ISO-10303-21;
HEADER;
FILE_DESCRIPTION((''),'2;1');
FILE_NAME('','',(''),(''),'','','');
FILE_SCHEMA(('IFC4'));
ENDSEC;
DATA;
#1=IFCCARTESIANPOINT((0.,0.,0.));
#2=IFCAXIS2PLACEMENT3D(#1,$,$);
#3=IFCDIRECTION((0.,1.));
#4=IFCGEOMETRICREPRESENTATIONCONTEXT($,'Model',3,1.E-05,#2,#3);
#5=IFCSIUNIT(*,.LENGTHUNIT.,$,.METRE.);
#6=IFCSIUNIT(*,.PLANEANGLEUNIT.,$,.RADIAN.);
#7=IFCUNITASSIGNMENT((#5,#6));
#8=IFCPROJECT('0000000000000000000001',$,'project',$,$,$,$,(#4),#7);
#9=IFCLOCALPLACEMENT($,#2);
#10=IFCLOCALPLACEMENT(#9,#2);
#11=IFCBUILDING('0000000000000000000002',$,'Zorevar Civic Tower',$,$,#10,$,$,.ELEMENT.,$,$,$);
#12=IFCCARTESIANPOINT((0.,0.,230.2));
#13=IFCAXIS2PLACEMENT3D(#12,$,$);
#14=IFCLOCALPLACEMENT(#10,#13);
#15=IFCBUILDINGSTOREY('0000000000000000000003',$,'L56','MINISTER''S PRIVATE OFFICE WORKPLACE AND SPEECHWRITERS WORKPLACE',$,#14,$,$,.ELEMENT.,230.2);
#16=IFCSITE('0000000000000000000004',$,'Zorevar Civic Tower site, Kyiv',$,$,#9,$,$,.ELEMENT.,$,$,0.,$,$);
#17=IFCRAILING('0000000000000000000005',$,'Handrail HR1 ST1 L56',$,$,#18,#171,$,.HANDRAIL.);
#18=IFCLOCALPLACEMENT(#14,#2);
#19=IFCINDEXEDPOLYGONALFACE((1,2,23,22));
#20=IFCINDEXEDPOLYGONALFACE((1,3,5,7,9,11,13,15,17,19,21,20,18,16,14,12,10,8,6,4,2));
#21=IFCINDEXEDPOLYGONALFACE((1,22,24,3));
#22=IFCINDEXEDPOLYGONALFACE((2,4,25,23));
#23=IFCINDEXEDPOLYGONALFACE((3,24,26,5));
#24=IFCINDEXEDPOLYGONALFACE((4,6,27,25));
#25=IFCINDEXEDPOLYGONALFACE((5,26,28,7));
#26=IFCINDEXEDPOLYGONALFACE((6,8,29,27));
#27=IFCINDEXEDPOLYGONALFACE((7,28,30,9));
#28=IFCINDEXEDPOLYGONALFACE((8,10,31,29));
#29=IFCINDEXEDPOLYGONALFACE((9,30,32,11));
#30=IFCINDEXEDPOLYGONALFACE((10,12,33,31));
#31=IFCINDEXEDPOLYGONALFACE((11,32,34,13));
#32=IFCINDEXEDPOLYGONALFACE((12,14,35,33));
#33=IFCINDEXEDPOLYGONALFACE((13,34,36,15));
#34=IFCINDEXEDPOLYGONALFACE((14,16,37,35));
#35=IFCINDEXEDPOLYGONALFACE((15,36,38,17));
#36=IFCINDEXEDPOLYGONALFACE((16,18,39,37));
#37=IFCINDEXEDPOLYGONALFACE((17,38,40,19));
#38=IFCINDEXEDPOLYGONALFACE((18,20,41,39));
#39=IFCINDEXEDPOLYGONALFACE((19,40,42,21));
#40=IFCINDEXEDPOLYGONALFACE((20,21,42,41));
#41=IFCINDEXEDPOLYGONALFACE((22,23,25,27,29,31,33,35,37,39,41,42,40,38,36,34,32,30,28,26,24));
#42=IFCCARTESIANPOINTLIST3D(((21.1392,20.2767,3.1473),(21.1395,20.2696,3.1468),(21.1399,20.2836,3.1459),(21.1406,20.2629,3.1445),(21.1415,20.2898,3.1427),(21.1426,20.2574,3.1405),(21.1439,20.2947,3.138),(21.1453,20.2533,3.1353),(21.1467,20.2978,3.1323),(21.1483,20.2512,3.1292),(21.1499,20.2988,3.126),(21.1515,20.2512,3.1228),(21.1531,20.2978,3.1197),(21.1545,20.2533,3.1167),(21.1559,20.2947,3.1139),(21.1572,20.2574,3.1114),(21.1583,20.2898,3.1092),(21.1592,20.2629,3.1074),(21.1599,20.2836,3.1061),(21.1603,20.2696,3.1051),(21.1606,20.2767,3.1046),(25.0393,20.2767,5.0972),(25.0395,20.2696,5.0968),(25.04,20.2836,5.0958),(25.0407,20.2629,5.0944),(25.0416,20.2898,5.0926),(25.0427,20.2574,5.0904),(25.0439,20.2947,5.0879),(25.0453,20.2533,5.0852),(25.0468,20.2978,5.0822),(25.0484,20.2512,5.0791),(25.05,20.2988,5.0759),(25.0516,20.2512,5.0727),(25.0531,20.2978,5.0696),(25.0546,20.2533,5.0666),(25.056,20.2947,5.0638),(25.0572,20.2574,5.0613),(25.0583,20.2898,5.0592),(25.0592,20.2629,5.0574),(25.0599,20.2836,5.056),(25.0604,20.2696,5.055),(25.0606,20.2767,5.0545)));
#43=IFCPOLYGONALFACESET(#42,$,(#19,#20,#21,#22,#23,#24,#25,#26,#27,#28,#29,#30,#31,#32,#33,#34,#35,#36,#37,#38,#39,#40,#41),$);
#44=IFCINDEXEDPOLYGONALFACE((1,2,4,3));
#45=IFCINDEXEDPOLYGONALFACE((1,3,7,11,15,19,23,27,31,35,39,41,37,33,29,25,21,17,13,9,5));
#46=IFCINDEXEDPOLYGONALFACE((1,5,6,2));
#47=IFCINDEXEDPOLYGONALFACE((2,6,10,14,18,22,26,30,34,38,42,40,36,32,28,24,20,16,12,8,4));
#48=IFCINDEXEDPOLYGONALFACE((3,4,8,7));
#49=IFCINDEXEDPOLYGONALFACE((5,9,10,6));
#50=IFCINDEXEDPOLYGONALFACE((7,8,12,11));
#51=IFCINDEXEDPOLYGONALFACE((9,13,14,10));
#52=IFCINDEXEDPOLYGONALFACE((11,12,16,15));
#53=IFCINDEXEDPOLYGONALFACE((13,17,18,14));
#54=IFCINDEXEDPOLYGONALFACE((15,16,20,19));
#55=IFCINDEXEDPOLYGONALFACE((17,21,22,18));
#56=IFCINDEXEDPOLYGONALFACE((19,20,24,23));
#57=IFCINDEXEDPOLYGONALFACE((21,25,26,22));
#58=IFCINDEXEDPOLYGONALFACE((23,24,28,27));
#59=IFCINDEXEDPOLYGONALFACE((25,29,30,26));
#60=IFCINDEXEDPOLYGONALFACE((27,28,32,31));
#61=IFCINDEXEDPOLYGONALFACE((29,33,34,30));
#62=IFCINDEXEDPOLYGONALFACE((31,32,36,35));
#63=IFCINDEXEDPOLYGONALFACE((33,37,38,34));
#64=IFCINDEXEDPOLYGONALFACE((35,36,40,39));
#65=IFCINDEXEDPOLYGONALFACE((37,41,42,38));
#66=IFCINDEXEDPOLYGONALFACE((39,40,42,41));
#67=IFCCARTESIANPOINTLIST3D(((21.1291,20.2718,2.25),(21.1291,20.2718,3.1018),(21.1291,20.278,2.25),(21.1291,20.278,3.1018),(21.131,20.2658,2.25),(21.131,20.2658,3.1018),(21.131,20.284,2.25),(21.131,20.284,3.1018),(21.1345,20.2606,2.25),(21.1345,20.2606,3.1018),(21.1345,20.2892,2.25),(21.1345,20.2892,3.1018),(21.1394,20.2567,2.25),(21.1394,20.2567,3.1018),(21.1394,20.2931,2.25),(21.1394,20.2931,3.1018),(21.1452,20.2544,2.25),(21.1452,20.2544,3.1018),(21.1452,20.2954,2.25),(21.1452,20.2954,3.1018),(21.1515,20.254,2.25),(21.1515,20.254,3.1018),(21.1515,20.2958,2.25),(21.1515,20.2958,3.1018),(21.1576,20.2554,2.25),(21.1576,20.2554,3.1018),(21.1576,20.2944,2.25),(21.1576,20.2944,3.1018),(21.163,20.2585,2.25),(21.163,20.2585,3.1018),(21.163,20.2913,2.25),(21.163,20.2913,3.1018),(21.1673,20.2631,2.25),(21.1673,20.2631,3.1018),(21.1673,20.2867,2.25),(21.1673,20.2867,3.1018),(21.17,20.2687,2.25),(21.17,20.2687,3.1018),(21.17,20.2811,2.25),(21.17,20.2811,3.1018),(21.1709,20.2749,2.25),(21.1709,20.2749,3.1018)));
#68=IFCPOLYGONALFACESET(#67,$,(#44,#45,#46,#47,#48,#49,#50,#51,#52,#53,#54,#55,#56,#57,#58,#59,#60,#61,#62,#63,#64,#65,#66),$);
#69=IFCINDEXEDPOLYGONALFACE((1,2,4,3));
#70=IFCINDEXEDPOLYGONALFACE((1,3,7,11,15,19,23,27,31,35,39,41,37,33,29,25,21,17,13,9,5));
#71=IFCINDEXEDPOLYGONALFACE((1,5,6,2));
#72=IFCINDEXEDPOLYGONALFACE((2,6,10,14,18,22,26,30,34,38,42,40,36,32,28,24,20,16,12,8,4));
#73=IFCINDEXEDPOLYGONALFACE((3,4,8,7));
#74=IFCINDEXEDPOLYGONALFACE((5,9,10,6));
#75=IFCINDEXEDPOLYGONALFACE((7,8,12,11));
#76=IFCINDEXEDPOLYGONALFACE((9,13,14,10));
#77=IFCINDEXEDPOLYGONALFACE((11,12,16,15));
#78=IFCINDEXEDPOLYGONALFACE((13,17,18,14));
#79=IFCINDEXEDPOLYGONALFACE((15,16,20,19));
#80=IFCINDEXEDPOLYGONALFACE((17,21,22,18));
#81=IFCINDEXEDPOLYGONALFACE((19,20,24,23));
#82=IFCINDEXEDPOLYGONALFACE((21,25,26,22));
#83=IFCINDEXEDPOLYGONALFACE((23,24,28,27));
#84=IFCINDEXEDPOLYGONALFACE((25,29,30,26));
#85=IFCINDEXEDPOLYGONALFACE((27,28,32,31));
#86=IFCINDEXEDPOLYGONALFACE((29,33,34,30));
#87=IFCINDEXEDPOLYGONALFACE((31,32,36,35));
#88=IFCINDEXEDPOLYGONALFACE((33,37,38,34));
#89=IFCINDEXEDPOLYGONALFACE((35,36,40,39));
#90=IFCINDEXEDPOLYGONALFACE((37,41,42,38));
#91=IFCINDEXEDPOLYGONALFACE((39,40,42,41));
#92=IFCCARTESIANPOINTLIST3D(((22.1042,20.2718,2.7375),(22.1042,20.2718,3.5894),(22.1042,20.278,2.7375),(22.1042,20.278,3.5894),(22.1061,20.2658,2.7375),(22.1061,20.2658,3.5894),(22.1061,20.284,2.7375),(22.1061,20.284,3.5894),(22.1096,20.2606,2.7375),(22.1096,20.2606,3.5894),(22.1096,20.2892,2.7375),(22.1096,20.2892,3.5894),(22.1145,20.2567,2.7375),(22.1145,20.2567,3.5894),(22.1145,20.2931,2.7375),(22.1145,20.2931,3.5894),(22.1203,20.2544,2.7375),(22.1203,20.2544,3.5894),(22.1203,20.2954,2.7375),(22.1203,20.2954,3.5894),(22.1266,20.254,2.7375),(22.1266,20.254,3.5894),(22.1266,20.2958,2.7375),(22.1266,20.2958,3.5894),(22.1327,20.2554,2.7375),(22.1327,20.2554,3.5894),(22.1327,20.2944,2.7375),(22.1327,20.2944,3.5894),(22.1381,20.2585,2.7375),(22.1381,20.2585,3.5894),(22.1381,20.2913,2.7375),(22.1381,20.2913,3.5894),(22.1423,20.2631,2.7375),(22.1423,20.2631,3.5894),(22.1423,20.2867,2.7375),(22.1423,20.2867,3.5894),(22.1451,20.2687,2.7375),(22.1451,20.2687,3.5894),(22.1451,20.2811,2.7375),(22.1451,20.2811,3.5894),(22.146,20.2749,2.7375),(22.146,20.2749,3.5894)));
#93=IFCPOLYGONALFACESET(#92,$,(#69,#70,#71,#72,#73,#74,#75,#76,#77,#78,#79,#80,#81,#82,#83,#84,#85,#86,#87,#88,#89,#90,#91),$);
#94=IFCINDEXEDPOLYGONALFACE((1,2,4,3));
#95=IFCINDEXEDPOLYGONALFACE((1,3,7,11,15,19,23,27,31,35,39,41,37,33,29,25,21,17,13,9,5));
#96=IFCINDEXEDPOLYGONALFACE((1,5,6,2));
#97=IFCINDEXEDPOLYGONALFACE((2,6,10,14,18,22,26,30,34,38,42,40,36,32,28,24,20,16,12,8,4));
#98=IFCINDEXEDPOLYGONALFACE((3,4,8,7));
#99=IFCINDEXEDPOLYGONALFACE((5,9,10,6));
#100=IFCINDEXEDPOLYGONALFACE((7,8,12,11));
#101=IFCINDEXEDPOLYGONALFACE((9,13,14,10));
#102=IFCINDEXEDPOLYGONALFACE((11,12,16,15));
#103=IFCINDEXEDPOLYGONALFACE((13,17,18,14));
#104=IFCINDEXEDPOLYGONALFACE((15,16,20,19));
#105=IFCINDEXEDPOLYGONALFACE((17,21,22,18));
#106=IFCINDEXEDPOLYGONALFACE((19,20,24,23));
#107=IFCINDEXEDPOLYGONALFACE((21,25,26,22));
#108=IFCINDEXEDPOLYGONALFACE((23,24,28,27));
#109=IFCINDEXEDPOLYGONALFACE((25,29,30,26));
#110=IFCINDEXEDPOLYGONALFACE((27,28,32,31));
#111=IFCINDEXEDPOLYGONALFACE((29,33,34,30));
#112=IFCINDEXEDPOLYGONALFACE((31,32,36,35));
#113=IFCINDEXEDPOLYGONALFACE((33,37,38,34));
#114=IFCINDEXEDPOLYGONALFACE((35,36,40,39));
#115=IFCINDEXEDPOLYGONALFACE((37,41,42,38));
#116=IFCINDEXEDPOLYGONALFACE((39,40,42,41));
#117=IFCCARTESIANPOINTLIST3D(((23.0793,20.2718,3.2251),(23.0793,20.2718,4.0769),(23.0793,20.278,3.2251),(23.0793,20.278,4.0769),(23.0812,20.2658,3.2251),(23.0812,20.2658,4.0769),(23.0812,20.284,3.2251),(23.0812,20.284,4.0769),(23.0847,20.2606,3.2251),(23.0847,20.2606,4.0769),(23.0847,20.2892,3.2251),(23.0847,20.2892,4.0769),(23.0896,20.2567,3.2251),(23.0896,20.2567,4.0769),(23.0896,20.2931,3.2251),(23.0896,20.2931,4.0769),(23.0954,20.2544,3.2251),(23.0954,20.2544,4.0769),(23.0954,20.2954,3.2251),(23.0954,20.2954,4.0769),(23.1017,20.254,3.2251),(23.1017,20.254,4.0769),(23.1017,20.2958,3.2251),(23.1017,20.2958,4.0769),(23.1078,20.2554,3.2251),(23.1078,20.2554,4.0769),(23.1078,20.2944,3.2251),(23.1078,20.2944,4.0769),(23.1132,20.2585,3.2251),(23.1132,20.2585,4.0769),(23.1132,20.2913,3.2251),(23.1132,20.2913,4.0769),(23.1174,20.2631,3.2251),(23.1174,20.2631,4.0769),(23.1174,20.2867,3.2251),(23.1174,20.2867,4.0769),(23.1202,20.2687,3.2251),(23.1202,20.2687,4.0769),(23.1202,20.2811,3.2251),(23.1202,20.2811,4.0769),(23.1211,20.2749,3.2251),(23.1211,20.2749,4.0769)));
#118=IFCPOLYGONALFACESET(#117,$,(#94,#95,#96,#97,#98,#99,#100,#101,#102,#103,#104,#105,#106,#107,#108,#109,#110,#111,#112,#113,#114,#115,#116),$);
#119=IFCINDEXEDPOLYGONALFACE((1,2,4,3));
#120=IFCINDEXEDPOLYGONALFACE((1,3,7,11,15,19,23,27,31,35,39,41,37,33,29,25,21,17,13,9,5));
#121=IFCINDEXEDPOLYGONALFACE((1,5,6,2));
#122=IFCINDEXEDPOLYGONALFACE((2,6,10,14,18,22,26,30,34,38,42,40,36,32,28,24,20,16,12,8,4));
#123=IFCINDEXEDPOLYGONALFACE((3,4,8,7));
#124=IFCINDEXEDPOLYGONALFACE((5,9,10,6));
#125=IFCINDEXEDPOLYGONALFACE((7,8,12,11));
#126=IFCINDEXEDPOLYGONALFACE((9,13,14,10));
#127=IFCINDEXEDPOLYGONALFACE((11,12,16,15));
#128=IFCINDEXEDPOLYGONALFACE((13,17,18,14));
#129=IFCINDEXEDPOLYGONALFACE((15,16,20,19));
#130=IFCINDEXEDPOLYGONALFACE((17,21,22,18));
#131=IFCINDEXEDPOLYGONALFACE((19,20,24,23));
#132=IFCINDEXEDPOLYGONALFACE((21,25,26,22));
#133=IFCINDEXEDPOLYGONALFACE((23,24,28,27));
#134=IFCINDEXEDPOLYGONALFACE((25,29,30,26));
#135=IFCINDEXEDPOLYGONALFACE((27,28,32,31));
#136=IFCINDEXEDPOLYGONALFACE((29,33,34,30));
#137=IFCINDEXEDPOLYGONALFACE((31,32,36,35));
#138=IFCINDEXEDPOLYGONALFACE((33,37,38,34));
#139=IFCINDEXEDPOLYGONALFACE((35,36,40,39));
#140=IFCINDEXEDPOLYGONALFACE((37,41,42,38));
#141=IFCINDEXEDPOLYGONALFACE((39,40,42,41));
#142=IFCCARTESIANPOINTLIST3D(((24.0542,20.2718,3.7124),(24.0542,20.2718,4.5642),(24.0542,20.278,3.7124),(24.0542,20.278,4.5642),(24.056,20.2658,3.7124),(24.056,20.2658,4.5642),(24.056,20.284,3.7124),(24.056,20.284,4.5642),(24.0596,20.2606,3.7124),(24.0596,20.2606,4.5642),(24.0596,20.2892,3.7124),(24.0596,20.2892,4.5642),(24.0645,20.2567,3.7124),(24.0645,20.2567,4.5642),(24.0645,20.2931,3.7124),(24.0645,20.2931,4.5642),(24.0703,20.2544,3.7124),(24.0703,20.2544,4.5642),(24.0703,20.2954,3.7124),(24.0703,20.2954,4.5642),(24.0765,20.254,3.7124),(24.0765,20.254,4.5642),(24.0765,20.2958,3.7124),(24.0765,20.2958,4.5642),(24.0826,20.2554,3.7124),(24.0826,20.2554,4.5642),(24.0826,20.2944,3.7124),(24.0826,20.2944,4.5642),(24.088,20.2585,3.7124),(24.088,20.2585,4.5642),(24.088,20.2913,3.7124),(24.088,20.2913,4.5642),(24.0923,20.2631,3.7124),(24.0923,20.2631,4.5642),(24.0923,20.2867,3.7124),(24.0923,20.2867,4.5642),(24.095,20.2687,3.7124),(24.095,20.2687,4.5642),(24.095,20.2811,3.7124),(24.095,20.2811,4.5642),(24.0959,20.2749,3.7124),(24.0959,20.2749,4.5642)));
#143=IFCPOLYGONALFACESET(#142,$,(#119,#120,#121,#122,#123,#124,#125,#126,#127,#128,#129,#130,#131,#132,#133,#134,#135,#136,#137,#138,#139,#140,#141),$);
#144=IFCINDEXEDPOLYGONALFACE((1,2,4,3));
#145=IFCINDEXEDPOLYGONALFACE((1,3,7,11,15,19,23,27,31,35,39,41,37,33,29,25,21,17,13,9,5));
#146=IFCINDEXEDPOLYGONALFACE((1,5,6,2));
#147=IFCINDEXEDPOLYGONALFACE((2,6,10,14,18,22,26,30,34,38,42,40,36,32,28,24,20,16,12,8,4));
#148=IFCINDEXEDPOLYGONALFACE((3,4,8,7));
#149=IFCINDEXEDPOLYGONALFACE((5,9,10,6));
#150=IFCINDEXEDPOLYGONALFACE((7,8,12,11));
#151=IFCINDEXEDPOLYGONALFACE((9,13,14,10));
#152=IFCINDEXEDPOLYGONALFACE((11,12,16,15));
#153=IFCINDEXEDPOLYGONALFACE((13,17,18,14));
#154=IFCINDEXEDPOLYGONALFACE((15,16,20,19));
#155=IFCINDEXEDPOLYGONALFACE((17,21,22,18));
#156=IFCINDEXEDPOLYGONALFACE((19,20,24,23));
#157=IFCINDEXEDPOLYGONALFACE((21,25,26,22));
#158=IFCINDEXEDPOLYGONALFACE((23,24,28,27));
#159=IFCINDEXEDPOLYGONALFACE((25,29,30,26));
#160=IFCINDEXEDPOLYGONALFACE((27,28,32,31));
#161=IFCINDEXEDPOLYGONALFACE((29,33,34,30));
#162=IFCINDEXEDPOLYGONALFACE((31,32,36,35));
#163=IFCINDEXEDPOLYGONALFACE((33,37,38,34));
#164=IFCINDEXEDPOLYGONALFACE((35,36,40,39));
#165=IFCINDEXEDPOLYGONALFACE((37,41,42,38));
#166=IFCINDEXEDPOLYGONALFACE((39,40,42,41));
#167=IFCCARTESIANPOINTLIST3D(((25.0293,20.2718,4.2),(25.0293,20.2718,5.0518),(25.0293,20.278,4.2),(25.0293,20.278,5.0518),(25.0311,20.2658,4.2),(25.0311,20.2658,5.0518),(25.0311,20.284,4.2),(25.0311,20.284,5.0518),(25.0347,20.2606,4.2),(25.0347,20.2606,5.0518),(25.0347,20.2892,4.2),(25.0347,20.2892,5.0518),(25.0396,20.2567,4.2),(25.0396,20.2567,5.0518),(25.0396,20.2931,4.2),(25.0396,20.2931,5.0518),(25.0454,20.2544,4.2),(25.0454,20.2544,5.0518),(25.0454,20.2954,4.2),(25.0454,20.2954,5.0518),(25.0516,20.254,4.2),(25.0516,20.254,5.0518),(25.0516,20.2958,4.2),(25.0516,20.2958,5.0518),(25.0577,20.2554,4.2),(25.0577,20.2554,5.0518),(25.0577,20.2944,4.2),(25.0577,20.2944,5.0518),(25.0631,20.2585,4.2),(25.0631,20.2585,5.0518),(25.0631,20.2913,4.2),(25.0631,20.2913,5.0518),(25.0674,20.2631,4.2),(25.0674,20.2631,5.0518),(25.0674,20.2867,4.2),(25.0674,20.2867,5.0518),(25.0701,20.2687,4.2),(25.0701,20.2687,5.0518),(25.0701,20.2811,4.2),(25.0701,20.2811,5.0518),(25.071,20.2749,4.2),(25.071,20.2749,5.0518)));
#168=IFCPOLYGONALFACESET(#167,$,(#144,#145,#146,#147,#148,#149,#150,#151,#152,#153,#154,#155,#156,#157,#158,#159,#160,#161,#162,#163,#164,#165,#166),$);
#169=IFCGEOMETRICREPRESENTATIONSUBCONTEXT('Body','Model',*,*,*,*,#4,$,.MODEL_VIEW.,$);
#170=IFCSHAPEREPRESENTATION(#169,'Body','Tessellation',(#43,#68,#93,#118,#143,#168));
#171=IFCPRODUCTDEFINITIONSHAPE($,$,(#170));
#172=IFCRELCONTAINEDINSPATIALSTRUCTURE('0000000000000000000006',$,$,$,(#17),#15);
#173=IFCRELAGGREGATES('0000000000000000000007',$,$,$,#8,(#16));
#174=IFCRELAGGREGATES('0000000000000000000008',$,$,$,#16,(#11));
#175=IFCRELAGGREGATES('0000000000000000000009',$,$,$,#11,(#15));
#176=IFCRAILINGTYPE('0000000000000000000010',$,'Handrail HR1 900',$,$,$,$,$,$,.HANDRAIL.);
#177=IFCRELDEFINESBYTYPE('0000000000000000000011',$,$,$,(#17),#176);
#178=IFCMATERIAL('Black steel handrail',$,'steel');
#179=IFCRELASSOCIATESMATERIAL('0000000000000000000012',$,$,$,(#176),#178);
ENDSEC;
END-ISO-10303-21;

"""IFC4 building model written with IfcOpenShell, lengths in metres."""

from ifc_helpers import new_model, si_unit, direction, frame, origin, origin_2d, place, context, subcontext, project, spatial, circle, extrude, material, type_object, element, save


model = new_model("IFC4")

# Units and contexts
model_context = context("Model", 3, precision=1e-05, world=origin(), true_north=direction((0.0, 1.0)))
body_context = subcontext(model_context, "Body", "Model", "MODEL_VIEW")
ifc_project = project(units=[si_unit("LENGTHUNIT", "METRE"), si_unit("PLANEANGLEUNIT", "RADIAN")], contexts=[model_context])

# Site, building, storey
site_placement = place(None, origin())
site = spatial("IfcSite", under=ifc_project, at=site_placement, Name="Zorevar Civic Tower site, Kyiv", CompositionType="ELEMENT", RefElevation=0.0)
building_placement = place(site_placement, origin())
building = spatial("IfcBuilding", under=site, at=building_placement, Name="Zorevar Civic Tower", CompositionType="ELEMENT")
storey_placement = place(building_placement, frame((0.0, 0.0, 230.2)))
storey = spatial("IfcBuildingStorey", under=building, at=storey_placement, Name="L56", Description="MINISTER'S PRIVATE OFFICE WORKPLACE AND SPEECHWRITERS WORKPLACE", CompositionType="ELEMENT", Elevation=230.2)

# Railing
ifc_material_1 = material(Name="Black steel handrail", Category="steel")
railing_type = type_object("IfcRailingType", Name="Handrail HR1 900", PredefinedType="HANDRAIL", material=ifc_material_1)
railing_1_placement = place(storey_placement, frame((21.1499, 20.2749, 2.25)))
element("IfcRailing", 1, at=railing_1_placement, inside=storey, type_object=railing_type, Name="Handrail HR1 ST1 L56", PredefinedType="HANDRAIL", context=body_context, shape_type="SweptSolid", body=[
    extrude(circle(Radius=0.0239, at=origin_2d()), frame((0.0, 0.0, 0.876), z_axis=(0.894438, 0.0, 0.447191), x_axis=(0.0, 1.0, 0.0)), (0.0, 0.0, 1.0), 4.3604),
    extrude(circle(Radius=0.021, at=origin_2d()), origin(), (0.0, 0.0, 1.0), 0.8518),
    extrude(circle(Radius=0.021, at=origin_2d()), frame((0.9751, 0.0, 0.4875)), (0.0, 0.0, 1.0), 0.8518),
    extrude(circle(Radius=0.021, at=origin_2d()), frame((1.9502, 0.0, 0.9751)), (0.0, 0.0, 1.0), 0.8518),
    extrude(circle(Radius=0.021, at=origin_2d()), frame((2.925, 0.0, 1.4624)), (0.0, 0.0, 1.0), 0.8518),
    extrude(circle(Radius=0.021, at=origin_2d()), frame((3.9001, 0.0, 1.95)), (0.0, 0.0, 1.0), 0.8518),
])

save(model, "model.ifc")
